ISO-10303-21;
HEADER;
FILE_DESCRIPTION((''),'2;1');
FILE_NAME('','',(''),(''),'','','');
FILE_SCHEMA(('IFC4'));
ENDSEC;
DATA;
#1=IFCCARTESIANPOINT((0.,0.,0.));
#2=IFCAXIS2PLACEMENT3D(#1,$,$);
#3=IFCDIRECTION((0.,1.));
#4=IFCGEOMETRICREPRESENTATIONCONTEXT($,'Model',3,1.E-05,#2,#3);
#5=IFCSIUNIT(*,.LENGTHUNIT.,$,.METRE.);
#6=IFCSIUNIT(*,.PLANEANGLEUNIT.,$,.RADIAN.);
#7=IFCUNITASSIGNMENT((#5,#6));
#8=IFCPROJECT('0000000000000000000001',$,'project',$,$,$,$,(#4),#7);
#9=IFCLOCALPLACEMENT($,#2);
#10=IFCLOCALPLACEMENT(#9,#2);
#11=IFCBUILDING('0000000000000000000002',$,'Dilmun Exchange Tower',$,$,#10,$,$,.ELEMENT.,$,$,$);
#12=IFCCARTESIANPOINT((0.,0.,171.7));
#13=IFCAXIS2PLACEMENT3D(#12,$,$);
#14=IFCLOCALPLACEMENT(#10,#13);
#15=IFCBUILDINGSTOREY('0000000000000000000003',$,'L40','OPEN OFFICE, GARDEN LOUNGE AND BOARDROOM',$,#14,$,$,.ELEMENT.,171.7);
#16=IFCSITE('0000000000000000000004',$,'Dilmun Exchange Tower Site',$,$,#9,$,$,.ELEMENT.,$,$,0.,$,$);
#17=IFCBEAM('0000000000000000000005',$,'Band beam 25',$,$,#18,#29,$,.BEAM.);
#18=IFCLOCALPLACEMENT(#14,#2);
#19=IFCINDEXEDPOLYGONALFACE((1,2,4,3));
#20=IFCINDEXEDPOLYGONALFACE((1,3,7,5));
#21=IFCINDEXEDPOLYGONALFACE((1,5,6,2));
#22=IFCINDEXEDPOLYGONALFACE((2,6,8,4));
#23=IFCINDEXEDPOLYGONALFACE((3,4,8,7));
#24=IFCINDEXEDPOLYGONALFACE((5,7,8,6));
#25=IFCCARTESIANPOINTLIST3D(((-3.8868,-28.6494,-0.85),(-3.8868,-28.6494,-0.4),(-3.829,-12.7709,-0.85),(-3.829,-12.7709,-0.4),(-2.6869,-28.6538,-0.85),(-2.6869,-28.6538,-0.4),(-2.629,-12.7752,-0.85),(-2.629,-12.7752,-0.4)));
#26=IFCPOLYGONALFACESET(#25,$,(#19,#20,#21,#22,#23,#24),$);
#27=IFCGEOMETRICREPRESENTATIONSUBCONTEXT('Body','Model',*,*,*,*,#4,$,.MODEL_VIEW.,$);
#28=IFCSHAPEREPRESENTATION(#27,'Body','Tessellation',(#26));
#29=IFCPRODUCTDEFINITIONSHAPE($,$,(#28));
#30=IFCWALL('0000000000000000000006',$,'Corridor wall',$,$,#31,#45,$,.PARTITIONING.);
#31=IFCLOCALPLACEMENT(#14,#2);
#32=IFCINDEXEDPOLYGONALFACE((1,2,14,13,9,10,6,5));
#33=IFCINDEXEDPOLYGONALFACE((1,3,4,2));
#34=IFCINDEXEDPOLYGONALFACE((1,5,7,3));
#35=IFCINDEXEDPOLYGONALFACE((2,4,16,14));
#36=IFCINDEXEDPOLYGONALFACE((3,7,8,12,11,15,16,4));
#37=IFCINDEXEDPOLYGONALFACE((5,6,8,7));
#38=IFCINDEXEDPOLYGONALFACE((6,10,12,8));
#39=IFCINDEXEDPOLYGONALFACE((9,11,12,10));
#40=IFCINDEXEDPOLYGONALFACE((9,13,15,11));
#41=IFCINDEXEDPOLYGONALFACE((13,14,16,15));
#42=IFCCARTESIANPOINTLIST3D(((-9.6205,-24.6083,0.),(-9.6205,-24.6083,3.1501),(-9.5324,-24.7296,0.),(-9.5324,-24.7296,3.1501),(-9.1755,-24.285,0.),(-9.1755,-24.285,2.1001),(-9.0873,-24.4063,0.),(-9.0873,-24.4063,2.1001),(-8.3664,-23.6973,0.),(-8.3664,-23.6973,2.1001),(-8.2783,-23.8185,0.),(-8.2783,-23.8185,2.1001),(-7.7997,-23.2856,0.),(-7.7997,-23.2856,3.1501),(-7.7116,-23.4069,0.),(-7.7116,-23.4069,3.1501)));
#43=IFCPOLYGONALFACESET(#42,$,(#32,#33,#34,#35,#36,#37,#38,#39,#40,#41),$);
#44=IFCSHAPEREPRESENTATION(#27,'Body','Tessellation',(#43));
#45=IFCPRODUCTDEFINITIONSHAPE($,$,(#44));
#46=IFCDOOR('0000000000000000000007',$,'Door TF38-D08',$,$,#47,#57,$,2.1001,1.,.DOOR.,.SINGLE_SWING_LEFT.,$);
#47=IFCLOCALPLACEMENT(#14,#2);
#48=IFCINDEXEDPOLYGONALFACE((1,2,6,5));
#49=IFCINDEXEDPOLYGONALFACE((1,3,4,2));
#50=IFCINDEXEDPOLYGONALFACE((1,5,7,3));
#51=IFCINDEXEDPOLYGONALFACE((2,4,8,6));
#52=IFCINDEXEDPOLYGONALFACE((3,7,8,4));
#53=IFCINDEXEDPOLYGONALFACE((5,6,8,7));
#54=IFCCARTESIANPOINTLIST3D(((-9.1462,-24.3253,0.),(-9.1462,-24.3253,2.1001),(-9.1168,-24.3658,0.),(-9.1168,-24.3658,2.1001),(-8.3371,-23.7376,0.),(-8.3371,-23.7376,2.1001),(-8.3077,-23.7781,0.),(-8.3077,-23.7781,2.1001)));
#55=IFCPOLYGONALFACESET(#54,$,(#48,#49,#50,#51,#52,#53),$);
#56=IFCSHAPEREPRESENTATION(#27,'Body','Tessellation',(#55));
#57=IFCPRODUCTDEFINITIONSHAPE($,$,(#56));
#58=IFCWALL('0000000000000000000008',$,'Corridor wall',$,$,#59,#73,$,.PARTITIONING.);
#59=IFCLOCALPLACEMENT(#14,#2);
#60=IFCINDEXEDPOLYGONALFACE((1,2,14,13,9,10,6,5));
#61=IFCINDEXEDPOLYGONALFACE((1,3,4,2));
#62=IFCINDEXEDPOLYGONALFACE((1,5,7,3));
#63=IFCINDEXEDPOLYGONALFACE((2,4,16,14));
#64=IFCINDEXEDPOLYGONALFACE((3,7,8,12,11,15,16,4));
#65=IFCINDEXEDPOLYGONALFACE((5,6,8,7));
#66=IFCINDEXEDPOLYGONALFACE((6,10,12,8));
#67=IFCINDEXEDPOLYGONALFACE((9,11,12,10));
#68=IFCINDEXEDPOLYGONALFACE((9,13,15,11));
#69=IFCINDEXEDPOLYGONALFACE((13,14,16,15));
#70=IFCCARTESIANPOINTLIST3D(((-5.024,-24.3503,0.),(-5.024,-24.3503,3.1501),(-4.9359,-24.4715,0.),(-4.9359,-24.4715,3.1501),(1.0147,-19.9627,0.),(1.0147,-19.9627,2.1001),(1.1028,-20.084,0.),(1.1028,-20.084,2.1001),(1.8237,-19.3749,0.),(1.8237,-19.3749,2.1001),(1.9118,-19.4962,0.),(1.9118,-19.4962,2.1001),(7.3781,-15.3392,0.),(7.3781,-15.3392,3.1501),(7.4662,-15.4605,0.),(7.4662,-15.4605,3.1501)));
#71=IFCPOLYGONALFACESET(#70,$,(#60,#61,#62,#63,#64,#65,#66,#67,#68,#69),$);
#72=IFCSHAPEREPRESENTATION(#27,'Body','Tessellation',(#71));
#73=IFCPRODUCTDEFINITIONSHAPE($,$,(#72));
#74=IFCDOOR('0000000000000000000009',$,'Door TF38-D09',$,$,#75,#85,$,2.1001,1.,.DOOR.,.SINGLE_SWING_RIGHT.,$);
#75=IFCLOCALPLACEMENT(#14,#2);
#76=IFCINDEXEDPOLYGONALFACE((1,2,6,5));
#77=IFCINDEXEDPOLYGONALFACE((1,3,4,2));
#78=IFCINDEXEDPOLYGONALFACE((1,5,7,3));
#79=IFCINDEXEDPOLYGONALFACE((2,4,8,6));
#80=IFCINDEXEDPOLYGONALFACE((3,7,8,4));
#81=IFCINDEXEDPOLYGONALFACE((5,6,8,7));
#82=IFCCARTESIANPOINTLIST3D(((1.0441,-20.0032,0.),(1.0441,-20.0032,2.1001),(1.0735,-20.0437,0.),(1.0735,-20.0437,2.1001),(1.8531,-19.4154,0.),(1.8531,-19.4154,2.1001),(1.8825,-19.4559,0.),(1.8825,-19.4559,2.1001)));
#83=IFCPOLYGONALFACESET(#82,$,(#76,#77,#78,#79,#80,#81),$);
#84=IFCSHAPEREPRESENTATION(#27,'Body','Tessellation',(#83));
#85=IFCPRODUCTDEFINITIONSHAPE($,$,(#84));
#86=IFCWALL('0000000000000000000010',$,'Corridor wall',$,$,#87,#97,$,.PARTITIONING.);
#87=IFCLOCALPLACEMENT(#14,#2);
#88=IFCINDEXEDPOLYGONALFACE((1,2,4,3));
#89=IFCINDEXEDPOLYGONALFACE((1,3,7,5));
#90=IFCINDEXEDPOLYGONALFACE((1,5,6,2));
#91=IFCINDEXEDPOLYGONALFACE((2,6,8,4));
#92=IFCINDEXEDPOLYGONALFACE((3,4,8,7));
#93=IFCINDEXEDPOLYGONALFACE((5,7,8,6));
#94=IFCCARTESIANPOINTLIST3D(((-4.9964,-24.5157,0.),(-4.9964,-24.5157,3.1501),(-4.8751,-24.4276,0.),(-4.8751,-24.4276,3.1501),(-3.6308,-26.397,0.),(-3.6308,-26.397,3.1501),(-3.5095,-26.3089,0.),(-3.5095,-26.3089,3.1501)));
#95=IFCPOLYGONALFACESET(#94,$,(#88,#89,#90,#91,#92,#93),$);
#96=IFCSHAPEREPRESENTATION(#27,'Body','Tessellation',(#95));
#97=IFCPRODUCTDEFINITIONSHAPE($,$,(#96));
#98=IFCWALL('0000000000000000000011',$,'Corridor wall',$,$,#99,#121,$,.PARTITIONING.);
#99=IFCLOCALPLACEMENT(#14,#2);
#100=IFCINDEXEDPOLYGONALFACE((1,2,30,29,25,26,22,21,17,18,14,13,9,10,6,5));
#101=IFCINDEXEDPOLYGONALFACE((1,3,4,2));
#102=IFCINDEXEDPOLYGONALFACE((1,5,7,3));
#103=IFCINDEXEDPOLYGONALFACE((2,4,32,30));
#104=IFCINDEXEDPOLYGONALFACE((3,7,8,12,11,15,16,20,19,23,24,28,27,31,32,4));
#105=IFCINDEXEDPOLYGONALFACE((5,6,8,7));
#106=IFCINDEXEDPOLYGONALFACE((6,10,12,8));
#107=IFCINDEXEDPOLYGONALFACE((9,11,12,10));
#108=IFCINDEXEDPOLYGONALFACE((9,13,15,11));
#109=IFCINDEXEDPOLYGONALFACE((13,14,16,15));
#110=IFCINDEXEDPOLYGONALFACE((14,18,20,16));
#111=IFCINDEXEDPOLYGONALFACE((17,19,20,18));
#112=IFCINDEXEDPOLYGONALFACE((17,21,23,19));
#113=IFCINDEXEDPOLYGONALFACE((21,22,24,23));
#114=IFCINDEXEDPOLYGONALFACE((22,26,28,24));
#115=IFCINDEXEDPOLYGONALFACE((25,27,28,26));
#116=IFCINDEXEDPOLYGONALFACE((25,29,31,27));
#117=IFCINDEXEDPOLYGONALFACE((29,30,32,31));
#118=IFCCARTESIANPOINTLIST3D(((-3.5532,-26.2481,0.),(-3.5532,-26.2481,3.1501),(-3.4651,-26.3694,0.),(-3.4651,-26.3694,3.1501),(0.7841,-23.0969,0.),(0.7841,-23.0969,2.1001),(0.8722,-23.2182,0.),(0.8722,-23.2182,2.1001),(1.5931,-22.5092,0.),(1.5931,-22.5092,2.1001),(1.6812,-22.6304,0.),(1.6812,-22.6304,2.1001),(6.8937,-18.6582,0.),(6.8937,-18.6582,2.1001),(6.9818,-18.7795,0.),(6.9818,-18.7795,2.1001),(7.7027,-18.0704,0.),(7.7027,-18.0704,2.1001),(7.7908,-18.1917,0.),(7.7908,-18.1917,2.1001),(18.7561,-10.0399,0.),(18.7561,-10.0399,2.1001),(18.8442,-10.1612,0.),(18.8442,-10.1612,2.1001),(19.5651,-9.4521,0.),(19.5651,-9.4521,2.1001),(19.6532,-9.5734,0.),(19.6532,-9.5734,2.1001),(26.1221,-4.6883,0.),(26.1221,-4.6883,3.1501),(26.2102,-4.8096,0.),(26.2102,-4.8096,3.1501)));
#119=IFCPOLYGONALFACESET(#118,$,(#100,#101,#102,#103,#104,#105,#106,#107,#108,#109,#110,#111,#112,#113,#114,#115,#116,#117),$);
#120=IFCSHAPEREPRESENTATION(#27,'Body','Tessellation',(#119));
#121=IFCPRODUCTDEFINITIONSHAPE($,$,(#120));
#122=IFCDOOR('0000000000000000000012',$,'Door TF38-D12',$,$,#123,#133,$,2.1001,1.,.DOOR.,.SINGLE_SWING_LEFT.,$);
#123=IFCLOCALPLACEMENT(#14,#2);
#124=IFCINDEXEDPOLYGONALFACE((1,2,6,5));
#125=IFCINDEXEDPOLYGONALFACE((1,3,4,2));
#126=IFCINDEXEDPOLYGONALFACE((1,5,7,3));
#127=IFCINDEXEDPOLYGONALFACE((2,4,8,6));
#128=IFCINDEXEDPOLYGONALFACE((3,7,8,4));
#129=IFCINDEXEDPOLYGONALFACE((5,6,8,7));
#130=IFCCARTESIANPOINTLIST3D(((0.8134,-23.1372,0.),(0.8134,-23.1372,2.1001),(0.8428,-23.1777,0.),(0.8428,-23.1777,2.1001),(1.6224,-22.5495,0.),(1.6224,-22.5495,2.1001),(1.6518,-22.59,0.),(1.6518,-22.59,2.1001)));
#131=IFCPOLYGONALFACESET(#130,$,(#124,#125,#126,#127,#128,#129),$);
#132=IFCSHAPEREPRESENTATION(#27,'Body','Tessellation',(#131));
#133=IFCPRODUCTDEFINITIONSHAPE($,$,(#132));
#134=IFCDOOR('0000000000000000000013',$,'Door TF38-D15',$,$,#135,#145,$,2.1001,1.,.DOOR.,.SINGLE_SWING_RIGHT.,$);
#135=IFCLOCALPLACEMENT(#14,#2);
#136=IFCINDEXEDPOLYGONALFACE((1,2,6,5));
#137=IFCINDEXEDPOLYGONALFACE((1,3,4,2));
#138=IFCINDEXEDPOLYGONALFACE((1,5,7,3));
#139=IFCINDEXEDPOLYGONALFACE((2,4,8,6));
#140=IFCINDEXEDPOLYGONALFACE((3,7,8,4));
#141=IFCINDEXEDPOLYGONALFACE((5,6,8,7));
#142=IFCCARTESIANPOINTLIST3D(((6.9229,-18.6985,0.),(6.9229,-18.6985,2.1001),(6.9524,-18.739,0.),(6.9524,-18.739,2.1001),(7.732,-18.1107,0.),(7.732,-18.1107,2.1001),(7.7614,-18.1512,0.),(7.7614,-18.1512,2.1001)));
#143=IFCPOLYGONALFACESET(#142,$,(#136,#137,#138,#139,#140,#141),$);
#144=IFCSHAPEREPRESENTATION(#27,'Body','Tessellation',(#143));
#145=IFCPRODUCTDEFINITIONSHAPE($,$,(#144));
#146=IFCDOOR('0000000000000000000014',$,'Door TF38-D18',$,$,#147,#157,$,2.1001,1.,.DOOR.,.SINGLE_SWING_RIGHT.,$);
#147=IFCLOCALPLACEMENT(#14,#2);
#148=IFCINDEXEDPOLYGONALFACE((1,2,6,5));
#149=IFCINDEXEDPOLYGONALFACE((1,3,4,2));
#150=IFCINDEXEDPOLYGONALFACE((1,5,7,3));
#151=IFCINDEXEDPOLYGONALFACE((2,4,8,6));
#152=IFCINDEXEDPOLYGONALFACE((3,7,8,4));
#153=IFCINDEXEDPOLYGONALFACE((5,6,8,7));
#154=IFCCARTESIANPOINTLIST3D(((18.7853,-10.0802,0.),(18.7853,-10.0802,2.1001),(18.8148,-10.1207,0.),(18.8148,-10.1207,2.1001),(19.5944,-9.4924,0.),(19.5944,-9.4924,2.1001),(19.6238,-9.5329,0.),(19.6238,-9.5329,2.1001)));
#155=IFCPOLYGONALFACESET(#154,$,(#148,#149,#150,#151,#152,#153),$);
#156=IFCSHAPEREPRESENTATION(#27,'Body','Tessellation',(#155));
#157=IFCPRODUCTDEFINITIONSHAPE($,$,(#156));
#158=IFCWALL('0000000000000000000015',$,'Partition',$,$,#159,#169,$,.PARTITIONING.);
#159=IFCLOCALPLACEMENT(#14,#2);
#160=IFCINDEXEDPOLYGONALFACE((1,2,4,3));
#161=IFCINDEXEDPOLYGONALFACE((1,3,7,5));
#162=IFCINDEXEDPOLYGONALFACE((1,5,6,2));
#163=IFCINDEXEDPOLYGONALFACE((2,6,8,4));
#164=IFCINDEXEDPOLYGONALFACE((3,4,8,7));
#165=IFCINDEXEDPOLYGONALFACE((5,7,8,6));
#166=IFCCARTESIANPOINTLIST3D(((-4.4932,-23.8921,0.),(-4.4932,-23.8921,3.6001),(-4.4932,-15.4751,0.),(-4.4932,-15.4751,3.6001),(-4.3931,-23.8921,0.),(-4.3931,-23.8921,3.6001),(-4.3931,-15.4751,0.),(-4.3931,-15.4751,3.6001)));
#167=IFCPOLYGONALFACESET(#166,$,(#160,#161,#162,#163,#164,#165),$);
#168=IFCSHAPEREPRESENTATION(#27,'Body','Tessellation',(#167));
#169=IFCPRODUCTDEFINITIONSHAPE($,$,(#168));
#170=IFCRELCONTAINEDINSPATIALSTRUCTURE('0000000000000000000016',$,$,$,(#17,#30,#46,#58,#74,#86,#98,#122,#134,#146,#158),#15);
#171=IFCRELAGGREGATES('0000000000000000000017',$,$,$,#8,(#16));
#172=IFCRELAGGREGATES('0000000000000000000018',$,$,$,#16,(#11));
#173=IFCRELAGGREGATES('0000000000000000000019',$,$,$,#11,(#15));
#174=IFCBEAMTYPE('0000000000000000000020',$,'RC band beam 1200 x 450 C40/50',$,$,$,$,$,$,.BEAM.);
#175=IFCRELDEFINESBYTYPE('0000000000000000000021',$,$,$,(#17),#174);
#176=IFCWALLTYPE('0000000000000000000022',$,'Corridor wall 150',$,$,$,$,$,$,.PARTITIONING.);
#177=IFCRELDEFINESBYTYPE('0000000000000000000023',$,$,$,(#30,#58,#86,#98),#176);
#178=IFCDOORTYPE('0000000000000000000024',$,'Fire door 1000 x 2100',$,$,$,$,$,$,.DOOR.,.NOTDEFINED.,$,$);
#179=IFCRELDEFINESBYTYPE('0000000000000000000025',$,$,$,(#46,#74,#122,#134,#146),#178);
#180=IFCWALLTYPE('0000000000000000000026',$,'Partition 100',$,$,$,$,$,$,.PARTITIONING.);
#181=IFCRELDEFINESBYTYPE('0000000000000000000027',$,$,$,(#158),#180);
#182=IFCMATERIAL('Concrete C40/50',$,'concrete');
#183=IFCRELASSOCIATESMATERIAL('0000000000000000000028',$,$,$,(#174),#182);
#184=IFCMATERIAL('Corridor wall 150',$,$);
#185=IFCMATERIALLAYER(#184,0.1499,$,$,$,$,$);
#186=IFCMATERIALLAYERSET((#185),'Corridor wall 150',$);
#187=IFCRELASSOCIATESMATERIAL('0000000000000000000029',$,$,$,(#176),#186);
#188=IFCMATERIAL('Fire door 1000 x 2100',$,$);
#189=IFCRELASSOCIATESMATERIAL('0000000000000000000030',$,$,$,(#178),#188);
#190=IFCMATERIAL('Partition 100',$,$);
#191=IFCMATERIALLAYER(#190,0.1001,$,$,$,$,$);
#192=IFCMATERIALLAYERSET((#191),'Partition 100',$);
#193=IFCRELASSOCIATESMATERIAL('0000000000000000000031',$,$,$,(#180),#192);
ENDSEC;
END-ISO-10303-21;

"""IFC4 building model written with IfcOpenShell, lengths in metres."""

from ifc_helpers import new_model, si_unit, direction, frame, frame_2d, origin, origin_2d, place, context, subcontext, project, spatial, rectangle, extrude, material, layer, layer_set, material_profile, profile_set, type_object, element, fill, save


model = new_model("IFC4")

# Units and contexts
model_context = context("Model", 3, precision=1e-05, world=origin(), true_north=direction((0.0, 1.0)))
body_context = subcontext(model_context, "Body", "Model", "MODEL_VIEW")
ifc_project = project(units=[si_unit("LENGTHUNIT", "METRE"), si_unit("PLANEANGLEUNIT", "RADIAN")], contexts=[model_context])

# Site, building, storey
site_placement = place(None, origin())
site = spatial("IfcSite", under=ifc_project, at=site_placement, Name="Dilmun Exchange Tower Site", CompositionType="ELEMENT", RefElevation=0.0)
building_placement = place(site_placement, origin())
building = spatial("IfcBuilding", under=site, at=building_placement, Name="Dilmun Exchange Tower", CompositionType="ELEMENT")
storey_placement = place(building_placement, frame((0.0, 0.0, 171.7)))
storey = spatial("IfcBuildingStorey", under=building, at=storey_placement, Name="L40", Description="OPEN OFFICE, GARDEN LOUNGE AND BOARDROOM", CompositionType="ELEMENT", Elevation=171.7)

# Beam
ifc_material_1 = material(Name="Concrete C40/50", Category="concrete")
ifc_material_profile = material_profile(ifc_material_1, rectangle(XDim=1.2, YDim=0.45, at=origin_2d()), Name="1200 x 450")
ifc_profile_set = profile_set([ifc_material_profile], Name="Concrete C40/50")
beam_type = type_object("IfcBeamType", Name="RC band beam 1200 x 450 C40/50", PredefinedType="BEAM", material=ifc_profile_set)
beam_placement = place(storey_placement, frame((-3.2869, -28.6516, -0.625), z_axis=(0.003644, 0.999993, 0.0), x_axis=(-0.999993, 0.003644, 0.0)))
element("IfcBeam", 1, at=beam_placement, inside=storey, type_object=beam_type, Name="Band beam 25", PredefinedType="BEAM", context=body_context, shape_type="SweptSolid", body=[
    extrude(rectangle(XDim=1.2, YDim=0.45, at=origin_2d()), origin(), (0.0, 0.0, 1.0), 15.8787),
])

# Walls, openings, doors
ifc_material_2 = material(Name="Corridor wall 150")
ifc_layer_1 = layer(ifc_material_2, 0.1499)
ifc_layer_set_1 = layer_set([ifc_layer_1], Name="Corridor wall 150")
wall_type_1 = type_object("IfcWallType", Name="Corridor wall 150", PredefinedType="PARTITIONING", material=ifc_layer_set_1)
wall_1_placement = place(storey_placement, frame((-9.5764, -24.6689, 0.0), z_axis=(0.0, 0.0, 1.0), x_axis=(0.809046, 0.587746, 0.0)))
wall_1 = element("IfcWall", 2, at=wall_1_placement, inside=storey, type_object=wall_type_1, Name="Corridor wall", PredefinedType="PARTITIONING", context=body_context, shape_type="SweptSolid", body=[
    extrude(rectangle(XDim=2.2505, YDim=0.1499, at=frame_2d((1.1252, 0.0))), origin(), (0.0, 0.0, 1.0), 3.1501),
])
opening_1_placement = place(wall_1_placement, frame((0.55, 0.0, 0.0)))
opening_1 = element("IfcOpeningElement", 3, at=opening_1_placement, cuts=wall_1, PredefinedType="OPENING", context=body_context, shape_type="SweptSolid", body=[
    extrude(rectangle(XDim=1.0, YDim=2.1001, at=frame_2d((0.5, 1.05))), frame((0.0, 0.085, 0.0), z_axis=(0.0, -1.0, 0.0), x_axis=(1.0, 0.0, 0.0)), (0.0, 0.0, 1.0), 0.1699),
])
ifc_material_3 = material(Name="Fire door 1000 x 2100")
door_type = type_object("IfcDoorType", Name="Fire door 1000 x 2100", OperationType="NOTDEFINED", PredefinedType="DOOR", material=ifc_material_3)
door_1_placement = place(opening_1_placement, frame((1.0, 0.0, 0.0), z_axis=(0.0, 0.0, 1.0), x_axis=(-1.0, 0.0, 0.0)))
door_1 = element("IfcDoor", 4, at=door_1_placement, inside=storey, type_object=door_type, Name="Door TF38-D08", OperationType="SINGLE_SWING_LEFT", OverallHeight=2.1001, OverallWidth=1.0, PredefinedType="DOOR", context=body_context, shape_type="SweptSolid", body=[
    extrude(rectangle(XDim=1.0, YDim=2.1001, at=frame_2d((0.5, 1.05))), frame((0.0, 0.0249, 0.0), z_axis=(0.0, -1.0, 0.0), x_axis=(1.0, 0.0, 0.0)), (0.0, 0.0, 1.0), 0.05),
])
fill(opening_1, door_1)
wall_2_placement = place(storey_placement, frame((-4.98, -24.4109, 0.0), z_axis=(0.0, 0.0, 1.0), x_axis=(0.809007, 0.587799, 0.0)))
wall_2 = element("IfcWall", 5, at=wall_2_placement, inside=storey, type_object=wall_type_1, Name="Corridor wall", PredefinedType="PARTITIONING", context=body_context, shape_type="SweptSolid", body=[
    extrude(rectangle(XDim=15.3301, YDim=0.1499, at=frame_2d((7.665, 0.0))), origin(), (0.0, 0.0, 1.0), 3.1501),
])
opening_2_placement = place(wall_2_placement, frame((7.4644, 0.0, 0.0)))
opening_2 = element("IfcOpeningElement", 6, at=opening_2_placement, cuts=wall_2, PredefinedType="OPENING", context=body_context, shape_type="SweptSolid", body=[
    extrude(rectangle(XDim=1.0, YDim=2.1001, at=frame_2d((0.5, 1.05))), frame((0.0, 0.085, 0.0), z_axis=(0.0, -1.0, 0.0), x_axis=(1.0, 0.0, 0.0)), (0.0, 0.0, 1.0), 0.1699),
])
door_2_placement = place(opening_2_placement, origin())
door_2 = element("IfcDoor", 7, at=door_2_placement, inside=storey, type_object=door_type, Name="Door TF38-D09", OperationType="SINGLE_SWING_RIGHT", OverallHeight=2.1001, OverallWidth=1.0, PredefinedType="DOOR", context=body_context, shape_type="SweptSolid", body=[
    extrude(rectangle(XDim=1.0, YDim=2.1001, at=frame_2d((0.5, 1.05))), frame((0.0, 0.0249, 0.0), z_axis=(0.0, -1.0, 0.0), x_axis=(1.0, 0.0, 0.0)), (0.0, 0.0, 1.0), 0.05),
])
fill(opening_2, door_2)

# Wall
wall_3_placement = place(storey_placement, frame((-4.9358, -24.4717, 0.0), z_axis=(0.0, 0.0, 1.0), x_axis=(0.58746, -0.809253, 0.0)))
element("IfcWall", 8, at=wall_3_placement, inside=storey, type_object=wall_type_1, Name="Corridor wall", PredefinedType="PARTITIONING", context=body_context, shape_type="SweptSolid", body=[
    extrude(rectangle(XDim=2.3247, YDim=0.1499, at=frame_2d((1.1624, 0.0))), origin(), (0.0, 0.0, 1.0), 3.1501),
])

# Wall, openings, doors
wall_4_placement = place(storey_placement, frame((-3.5093, -26.3088, 0.0), z_axis=(0.0, 0.0, 1.0), x_axis=(0.809024, 0.587775, 0.0)))
wall_4 = element("IfcWall", 9, at=wall_4_placement, inside=storey, type_object=wall_type_1, Name="Corridor wall", PredefinedType="PARTITIONING", context=body_context, shape_type="SweptSolid", body=[
    extrude(rectangle(XDim=36.6804, YDim=0.1499, at=frame_2d((18.3403, 0.0))), origin(), (0.0, 0.0, 1.0), 3.1501),
])
opening_3_placement = place(wall_4_placement, frame((5.3613, 0.0, 0.0)))
opening_3 = element("IfcOpeningElement", 10, at=opening_3_placement, cuts=wall_4, PredefinedType="OPENING", context=body_context, shape_type="SweptSolid", body=[
    extrude(rectangle(XDim=1.0, YDim=2.1001, at=frame_2d((0.5, 1.05))), frame((0.0, 0.085, 0.0), z_axis=(0.0, -1.0, 0.0), x_axis=(1.0, 0.0, 0.0)), (0.0, 0.0, 1.0), 0.1699),
])
opening_4_placement = place(wall_4_placement, frame((12.9131, 0.0, 0.0)))
opening_4 = element("IfcOpeningElement", 11, at=opening_4_placement, cuts=wall_4, PredefinedType="OPENING", context=body_context, shape_type="SweptSolid", body=[
    extrude(rectangle(XDim=1.0, YDim=2.1001, at=frame_2d((0.5, 1.05))), frame((0.0, 0.085, 0.0), z_axis=(0.0, -1.0, 0.0), x_axis=(1.0, 0.0, 0.0)), (0.0, 0.0, 1.0), 0.1699),
])
opening_5_placement = place(wall_4_placement, frame((27.5757, 0.0, 0.0)))
opening_5 = element("IfcOpeningElement", 12, at=opening_5_placement, cuts=wall_4, PredefinedType="OPENING", context=body_context, shape_type="SweptSolid", body=[
    extrude(rectangle(XDim=1.0, YDim=2.1001, at=frame_2d((0.5, 1.05))), frame((0.0, 0.085, 0.0), z_axis=(0.0, -1.0, 0.0), x_axis=(1.0, 0.0, 0.0)), (0.0, 0.0, 1.0), 0.1699),
])
door_3_placement = place(opening_3_placement, frame((1.0, 0.0, 0.0), z_axis=(0.0, 0.0, 1.0), x_axis=(-1.0, 0.0, 0.0)))
door_3 = element("IfcDoor", 13, at=door_3_placement, inside=storey, type_object=door_type, Name="Door TF38-D12", OperationType="SINGLE_SWING_LEFT", OverallHeight=2.1001, OverallWidth=1.0, PredefinedType="DOOR", context=body_context, shape_type="SweptSolid", body=[
    extrude(rectangle(XDim=1.0, YDim=2.1001, at=frame_2d((0.5, 1.05))), frame((0.0, 0.0249, 0.0), z_axis=(0.0, -1.0, 0.0), x_axis=(1.0, 0.0, 0.0)), (0.0, 0.0, 1.0), 0.05),
])
fill(opening_3, door_3)
door_4_placement = place(opening_4_placement, frame((1.0, 0.0, 0.0), z_axis=(0.0, 0.0, 1.0), x_axis=(-1.0, 0.0, 0.0)))
door_4 = element("IfcDoor", 14, at=door_4_placement, inside=storey, type_object=door_type, Name="Door TF38-D15", OperationType="SINGLE_SWING_RIGHT", OverallHeight=2.1001, OverallWidth=1.0, PredefinedType="DOOR", context=body_context, shape_type="SweptSolid", body=[
    extrude(rectangle(XDim=1.0, YDim=2.1001, at=frame_2d((0.5, 1.05))), frame((0.0, 0.0249, 0.0), z_axis=(0.0, -1.0, 0.0), x_axis=(1.0, 0.0, 0.0)), (0.0, 0.0, 1.0), 0.05),
])
fill(opening_4, door_4)
door_5_placement = place(opening_5_placement, frame((1.0, 0.0, 0.0), z_axis=(0.0, 0.0, 1.0), x_axis=(-1.0, 0.0, 0.0)))
door_5 = element("IfcDoor", 15, at=door_5_placement, inside=storey, type_object=door_type, Name="Door TF38-D18", OperationType="SINGLE_SWING_RIGHT", OverallHeight=2.1001, OverallWidth=1.0, PredefinedType="DOOR", context=body_context, shape_type="SweptSolid", body=[
    extrude(rectangle(XDim=1.0, YDim=2.1001, at=frame_2d((0.5, 1.05))), frame((0.0, 0.0249, 0.0), z_axis=(0.0, -1.0, 0.0), x_axis=(1.0, 0.0, 0.0)), (0.0, 0.0, 1.0), 0.05),
])
fill(opening_5, door_5)

# Wall
ifc_material_4 = material(Name="Partition 100")
ifc_layer_2 = layer(ifc_material_4, 0.1001)
ifc_layer_set_2 = layer_set([ifc_layer_2], Name="Partition 100")
wall_type_2 = type_object("IfcWallType", Name="Partition 100", PredefinedType="PARTITIONING", material=ifc_layer_set_2)
wall_5_placement = place(storey_placement, frame((-4.4431, -23.8921, 0.0), z_axis=(0.0, 0.0, 1.0), x_axis=(0.0, 1.0, 0.0)))
element("IfcWall", 16, at=wall_5_placement, inside=storey, type_object=wall_type_2, Name="Partition", PredefinedType="PARTITIONING", context=body_context, shape_type="SweptSolid", body=[
    extrude(rectangle(XDim=8.417, YDim=0.1001, at=frame_2d((4.2085, 0.0))), origin(), (0.0, 0.0, 1.0), 3.6001),
])

save(model, "model.ifc")
